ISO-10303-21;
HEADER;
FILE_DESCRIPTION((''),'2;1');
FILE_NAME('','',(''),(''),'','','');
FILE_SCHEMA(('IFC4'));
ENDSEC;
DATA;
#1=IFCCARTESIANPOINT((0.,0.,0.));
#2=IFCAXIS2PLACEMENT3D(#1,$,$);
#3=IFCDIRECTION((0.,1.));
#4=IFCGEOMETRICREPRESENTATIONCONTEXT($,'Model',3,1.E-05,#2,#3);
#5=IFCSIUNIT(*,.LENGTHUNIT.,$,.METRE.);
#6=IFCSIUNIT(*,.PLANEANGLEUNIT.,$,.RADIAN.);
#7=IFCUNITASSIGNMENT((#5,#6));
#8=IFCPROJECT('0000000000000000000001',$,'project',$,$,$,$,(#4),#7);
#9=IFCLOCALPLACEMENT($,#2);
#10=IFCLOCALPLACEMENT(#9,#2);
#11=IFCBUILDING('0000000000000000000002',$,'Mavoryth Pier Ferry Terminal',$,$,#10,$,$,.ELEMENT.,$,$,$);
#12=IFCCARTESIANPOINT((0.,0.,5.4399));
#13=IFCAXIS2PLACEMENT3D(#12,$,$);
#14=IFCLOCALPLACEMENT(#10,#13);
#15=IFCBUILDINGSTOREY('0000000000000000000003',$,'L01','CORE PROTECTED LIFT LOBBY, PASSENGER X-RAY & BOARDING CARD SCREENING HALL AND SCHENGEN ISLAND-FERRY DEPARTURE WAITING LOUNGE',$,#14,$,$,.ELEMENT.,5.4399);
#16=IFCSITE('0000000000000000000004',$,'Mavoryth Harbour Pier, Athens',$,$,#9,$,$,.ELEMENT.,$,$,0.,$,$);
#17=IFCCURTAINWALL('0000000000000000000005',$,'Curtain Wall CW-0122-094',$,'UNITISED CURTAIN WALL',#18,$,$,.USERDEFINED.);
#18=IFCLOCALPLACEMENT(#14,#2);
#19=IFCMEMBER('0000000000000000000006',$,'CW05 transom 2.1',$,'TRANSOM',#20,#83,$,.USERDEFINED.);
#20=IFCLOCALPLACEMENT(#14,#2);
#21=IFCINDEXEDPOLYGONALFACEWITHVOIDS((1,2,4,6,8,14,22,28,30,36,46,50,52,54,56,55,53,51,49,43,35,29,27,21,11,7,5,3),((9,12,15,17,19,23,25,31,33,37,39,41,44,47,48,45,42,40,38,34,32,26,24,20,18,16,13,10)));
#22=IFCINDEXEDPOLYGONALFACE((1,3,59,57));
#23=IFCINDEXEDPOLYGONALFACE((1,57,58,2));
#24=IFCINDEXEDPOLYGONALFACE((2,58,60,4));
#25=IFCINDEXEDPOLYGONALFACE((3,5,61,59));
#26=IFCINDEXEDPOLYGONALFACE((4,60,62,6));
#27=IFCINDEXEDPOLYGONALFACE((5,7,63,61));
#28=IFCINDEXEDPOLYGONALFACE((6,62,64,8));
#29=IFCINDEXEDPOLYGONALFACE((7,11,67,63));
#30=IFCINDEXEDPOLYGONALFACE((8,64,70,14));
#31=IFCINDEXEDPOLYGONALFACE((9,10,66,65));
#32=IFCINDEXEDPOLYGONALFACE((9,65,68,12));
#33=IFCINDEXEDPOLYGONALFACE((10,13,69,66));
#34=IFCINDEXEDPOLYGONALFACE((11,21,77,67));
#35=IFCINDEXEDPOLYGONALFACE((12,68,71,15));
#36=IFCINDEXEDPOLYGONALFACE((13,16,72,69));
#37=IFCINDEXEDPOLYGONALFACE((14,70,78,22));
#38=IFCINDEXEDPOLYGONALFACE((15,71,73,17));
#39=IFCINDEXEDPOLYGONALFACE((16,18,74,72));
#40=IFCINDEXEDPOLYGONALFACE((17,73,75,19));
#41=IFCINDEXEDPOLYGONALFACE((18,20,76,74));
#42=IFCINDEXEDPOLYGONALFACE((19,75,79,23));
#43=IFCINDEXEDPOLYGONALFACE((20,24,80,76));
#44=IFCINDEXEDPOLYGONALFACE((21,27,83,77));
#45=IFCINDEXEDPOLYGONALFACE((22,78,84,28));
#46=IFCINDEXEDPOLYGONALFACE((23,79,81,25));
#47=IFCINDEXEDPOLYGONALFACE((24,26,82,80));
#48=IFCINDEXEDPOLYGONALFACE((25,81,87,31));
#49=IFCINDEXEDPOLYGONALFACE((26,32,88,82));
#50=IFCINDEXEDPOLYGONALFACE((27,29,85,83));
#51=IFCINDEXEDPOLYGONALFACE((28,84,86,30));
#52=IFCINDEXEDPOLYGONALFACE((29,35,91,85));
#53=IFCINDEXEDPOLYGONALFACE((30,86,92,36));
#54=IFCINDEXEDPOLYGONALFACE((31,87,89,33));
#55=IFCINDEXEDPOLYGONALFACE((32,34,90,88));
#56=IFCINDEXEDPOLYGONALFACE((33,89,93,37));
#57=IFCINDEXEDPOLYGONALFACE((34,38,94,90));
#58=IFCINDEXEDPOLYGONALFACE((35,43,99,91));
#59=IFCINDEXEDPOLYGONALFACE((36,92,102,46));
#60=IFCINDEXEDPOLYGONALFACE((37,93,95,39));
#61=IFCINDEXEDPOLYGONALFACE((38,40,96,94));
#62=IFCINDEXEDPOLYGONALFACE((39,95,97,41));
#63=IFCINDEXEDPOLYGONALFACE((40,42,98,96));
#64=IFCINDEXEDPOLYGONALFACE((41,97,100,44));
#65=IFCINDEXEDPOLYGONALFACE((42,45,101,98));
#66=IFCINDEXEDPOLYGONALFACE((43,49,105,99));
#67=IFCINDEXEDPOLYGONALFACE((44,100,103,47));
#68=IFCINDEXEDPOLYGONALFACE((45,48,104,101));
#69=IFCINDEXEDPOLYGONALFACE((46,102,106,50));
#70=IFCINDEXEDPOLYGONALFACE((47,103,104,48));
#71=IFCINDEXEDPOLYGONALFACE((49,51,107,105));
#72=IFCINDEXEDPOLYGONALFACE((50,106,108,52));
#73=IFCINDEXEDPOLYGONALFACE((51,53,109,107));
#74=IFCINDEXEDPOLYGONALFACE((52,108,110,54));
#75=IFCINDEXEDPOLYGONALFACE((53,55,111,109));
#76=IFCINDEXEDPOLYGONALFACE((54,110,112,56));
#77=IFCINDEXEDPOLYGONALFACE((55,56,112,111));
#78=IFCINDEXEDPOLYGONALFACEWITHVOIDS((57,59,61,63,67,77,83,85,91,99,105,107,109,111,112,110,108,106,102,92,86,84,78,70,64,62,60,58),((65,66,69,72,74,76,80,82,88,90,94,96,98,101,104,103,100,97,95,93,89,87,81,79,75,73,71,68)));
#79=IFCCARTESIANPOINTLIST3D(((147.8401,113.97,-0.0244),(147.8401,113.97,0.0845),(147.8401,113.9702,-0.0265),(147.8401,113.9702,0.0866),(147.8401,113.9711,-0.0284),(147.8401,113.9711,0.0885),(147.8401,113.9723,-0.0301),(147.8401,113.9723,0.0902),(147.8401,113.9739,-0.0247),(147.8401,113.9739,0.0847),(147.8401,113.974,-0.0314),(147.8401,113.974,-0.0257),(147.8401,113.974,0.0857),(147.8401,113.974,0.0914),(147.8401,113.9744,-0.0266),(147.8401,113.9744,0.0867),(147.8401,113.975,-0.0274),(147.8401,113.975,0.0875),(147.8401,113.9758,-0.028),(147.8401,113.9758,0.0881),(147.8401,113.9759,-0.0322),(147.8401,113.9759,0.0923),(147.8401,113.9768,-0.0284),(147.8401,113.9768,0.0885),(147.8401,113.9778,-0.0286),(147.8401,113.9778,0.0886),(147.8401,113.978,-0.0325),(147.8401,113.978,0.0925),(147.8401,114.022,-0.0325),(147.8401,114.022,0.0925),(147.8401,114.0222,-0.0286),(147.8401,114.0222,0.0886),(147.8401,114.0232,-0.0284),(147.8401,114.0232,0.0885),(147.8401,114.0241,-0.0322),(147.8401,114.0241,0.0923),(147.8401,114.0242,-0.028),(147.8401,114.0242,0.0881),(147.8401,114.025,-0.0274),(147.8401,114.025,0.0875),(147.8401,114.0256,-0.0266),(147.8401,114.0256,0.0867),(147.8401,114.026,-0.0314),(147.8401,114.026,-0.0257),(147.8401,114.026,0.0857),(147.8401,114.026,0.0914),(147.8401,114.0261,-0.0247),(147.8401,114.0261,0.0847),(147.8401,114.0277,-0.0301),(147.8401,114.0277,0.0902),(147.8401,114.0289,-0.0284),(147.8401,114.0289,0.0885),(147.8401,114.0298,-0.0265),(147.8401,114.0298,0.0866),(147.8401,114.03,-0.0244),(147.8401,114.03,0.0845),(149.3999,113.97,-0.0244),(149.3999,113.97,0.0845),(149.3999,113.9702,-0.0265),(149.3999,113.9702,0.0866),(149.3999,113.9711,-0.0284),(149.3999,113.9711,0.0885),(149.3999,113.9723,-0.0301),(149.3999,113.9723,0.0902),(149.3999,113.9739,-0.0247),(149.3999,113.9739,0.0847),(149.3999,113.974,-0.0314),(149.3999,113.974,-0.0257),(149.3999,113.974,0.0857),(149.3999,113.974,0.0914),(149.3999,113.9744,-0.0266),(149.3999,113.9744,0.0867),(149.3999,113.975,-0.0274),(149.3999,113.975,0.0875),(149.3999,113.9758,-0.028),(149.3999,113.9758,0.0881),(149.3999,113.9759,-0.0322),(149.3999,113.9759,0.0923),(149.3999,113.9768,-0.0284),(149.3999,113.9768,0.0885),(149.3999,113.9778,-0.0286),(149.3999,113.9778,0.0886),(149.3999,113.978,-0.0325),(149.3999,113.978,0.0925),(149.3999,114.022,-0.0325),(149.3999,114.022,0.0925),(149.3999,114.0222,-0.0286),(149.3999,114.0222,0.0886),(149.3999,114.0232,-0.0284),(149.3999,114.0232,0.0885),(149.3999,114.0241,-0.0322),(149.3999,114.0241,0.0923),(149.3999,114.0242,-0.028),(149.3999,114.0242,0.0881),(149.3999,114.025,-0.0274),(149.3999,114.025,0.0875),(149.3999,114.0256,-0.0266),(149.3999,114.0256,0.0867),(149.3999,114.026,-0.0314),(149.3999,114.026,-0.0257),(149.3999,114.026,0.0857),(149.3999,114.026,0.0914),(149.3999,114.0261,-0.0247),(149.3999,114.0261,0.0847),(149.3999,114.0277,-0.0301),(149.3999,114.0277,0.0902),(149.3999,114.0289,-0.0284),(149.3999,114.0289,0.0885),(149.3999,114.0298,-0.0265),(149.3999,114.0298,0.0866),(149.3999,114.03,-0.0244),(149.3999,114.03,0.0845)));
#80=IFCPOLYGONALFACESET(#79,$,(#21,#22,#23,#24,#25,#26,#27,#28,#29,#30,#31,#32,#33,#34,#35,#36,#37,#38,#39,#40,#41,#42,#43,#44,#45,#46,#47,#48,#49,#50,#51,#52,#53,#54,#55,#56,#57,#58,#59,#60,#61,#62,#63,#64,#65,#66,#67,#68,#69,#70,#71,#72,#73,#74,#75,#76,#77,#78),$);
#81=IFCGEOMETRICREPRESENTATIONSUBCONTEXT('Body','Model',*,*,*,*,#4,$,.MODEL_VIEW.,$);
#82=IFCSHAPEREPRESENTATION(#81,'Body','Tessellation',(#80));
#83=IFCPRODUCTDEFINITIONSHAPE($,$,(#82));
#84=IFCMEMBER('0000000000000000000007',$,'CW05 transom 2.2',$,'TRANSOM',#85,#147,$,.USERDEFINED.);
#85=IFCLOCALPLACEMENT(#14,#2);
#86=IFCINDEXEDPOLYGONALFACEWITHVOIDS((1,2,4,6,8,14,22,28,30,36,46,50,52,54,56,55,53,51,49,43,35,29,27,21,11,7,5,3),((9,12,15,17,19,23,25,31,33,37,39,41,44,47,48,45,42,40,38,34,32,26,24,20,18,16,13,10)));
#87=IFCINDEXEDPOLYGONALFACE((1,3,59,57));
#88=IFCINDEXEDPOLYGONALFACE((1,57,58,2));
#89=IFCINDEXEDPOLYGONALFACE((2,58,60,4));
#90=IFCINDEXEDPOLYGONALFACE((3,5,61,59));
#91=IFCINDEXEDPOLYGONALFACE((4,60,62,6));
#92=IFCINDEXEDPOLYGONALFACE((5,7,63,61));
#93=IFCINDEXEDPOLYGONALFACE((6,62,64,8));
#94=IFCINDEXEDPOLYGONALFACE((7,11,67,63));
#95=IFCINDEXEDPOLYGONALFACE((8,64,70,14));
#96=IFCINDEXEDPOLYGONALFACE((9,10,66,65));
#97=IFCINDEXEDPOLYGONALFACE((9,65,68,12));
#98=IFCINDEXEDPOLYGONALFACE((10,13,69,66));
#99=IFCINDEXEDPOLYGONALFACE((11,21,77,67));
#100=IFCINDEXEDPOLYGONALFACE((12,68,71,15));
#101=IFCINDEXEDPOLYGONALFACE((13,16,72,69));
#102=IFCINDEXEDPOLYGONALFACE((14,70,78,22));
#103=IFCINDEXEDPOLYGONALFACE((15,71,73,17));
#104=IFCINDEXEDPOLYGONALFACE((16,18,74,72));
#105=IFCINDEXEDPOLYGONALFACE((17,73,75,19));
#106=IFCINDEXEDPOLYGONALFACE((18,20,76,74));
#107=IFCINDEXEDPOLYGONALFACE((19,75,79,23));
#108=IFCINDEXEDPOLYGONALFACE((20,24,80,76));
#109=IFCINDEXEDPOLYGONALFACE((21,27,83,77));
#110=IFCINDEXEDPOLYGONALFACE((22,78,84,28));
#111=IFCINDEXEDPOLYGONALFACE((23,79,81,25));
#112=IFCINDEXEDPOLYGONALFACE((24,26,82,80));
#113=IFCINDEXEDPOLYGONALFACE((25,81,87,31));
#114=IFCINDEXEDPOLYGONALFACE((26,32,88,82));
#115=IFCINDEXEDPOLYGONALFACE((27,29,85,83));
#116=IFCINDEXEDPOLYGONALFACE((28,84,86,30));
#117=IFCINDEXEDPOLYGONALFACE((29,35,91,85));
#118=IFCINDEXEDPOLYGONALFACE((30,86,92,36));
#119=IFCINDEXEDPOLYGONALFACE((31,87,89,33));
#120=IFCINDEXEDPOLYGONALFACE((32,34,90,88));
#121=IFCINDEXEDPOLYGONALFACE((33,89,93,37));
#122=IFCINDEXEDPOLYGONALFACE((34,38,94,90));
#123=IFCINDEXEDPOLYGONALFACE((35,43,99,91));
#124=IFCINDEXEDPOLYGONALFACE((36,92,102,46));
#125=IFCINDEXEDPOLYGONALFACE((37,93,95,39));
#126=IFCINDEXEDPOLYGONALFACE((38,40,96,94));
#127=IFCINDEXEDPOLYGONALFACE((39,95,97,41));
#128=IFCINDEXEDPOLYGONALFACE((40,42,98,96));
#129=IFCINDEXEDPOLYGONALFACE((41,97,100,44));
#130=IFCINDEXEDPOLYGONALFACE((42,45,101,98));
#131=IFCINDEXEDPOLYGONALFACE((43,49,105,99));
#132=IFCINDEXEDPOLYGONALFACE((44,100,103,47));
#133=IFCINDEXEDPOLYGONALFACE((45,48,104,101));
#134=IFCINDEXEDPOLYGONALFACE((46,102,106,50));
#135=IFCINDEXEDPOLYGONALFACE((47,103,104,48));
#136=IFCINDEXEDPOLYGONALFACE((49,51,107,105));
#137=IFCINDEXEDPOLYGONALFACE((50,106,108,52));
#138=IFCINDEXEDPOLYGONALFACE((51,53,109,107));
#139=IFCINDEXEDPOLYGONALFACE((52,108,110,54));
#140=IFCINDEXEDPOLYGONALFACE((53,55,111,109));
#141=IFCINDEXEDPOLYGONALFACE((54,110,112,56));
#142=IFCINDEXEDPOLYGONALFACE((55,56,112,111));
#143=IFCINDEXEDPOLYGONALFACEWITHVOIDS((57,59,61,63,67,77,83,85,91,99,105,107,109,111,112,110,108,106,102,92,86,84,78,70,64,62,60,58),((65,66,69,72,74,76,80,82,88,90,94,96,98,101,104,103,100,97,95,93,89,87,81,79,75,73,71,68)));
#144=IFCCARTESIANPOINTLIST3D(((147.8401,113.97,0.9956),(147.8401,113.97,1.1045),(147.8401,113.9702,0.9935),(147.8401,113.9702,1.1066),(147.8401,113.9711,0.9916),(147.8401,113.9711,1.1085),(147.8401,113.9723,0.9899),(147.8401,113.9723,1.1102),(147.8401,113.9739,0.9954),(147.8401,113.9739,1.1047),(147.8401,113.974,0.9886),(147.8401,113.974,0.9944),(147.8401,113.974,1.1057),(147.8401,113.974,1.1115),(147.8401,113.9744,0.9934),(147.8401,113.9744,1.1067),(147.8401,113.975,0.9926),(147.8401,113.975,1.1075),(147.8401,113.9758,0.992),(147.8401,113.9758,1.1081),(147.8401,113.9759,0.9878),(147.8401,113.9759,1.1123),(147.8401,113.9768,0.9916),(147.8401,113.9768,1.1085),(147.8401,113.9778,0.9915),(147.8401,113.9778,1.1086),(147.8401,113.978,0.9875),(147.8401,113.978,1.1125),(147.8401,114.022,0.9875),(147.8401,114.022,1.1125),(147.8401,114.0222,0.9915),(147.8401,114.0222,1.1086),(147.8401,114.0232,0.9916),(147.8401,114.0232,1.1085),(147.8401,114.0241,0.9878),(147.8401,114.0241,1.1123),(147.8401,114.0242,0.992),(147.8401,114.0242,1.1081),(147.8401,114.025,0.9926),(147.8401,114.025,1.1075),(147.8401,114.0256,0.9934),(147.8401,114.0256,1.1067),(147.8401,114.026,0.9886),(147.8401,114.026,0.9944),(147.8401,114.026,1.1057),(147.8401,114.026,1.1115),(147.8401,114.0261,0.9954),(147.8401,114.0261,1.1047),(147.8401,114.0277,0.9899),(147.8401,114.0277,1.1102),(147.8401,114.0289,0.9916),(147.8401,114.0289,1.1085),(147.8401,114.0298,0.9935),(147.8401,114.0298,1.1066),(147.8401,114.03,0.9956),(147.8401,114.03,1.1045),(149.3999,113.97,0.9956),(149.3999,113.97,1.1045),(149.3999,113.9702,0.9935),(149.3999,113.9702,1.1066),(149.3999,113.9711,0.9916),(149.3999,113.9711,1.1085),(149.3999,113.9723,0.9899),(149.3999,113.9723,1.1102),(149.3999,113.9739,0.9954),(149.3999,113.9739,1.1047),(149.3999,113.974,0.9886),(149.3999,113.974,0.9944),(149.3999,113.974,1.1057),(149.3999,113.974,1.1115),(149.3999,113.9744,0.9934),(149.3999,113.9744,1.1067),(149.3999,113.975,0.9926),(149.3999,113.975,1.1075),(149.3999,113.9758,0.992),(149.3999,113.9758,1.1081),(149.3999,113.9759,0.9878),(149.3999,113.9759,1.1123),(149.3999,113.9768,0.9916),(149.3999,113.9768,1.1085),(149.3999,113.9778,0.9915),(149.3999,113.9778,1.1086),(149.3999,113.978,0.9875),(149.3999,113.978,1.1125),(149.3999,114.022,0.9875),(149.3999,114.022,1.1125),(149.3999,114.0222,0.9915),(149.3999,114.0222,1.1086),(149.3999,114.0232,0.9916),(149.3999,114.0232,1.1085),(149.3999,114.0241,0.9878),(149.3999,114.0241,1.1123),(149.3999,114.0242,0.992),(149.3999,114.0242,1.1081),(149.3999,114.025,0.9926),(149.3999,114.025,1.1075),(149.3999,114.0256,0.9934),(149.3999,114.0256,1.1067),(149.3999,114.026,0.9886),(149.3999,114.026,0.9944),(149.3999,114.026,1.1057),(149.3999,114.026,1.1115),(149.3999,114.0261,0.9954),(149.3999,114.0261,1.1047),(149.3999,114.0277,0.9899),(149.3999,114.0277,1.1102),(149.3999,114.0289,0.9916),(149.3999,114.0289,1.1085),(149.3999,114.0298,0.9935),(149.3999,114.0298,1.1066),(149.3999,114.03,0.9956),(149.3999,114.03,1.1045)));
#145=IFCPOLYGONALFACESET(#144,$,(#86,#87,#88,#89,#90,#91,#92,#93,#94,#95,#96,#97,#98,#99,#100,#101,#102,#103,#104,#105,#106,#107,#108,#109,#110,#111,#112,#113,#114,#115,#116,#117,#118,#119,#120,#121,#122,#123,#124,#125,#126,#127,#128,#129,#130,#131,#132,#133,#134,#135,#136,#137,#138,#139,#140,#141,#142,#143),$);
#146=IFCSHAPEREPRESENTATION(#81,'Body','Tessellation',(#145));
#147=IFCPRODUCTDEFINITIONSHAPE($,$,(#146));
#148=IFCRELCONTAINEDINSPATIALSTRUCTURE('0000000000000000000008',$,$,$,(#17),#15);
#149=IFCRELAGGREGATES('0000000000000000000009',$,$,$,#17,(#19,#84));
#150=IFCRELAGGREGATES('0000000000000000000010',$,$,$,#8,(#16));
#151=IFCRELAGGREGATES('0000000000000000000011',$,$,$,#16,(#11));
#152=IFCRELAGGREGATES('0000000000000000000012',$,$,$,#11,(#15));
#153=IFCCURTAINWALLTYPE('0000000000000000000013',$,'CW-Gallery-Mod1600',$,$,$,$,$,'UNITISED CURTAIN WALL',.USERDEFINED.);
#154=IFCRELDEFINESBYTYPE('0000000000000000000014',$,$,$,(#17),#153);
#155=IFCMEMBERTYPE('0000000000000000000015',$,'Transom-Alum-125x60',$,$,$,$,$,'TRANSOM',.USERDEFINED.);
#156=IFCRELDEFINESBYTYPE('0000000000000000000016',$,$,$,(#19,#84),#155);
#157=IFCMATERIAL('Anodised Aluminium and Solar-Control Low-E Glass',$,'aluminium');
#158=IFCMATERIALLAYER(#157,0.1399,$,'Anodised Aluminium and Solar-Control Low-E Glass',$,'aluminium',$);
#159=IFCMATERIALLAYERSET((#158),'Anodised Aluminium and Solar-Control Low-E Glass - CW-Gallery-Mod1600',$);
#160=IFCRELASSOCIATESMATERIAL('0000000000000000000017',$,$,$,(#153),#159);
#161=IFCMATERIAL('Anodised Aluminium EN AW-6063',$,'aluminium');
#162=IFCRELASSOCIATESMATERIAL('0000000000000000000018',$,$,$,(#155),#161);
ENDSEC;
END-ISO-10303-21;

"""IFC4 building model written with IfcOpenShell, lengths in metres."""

from ifc_helpers import new_model, si_unit, direction, frame, origin, origin_2d, place, context, subcontext, project, spatial, hollow_rectangle, extrude, material, layer, layer_set, material_profile, profile_set, type_object, element, aggregate, save


model = new_model("IFC4")

# Units and contexts
model_context = context("Model", 3, precision=1e-05, world=origin(), true_north=direction((0.0, 1.0)))
body_context = subcontext(model_context, "Body", "Model", "MODEL_VIEW")
ifc_project = project(units=[si_unit("LENGTHUNIT", "METRE"), si_unit("PLANEANGLEUNIT", "RADIAN")], contexts=[model_context])

# Site, building, storey
site_placement = place(None, origin())
site = spatial("IfcSite", under=ifc_project, at=site_placement, Name="Mavoryth Harbour Pier, Athens", CompositionType="ELEMENT", RefElevation=0.0)
building_placement = place(site_placement, origin())
building = spatial("IfcBuilding", under=site, at=building_placement, Name="Mavoryth Pier Ferry Terminal", CompositionType="ELEMENT")
storey_placement = place(building_placement, frame((0.0, 0.0, 5.4399)))
storey = spatial("IfcBuildingStorey", under=building, at=storey_placement, Name="L01", Description="CORE PROTECTED LIFT LOBBY, PASSENGER X-RAY & BOARDING CARD SCREENING HALL AND SCHENGEN ISLAND-FERRY DEPARTURE WAITING LOUNGE", CompositionType="ELEMENT", Elevation=5.4399)

# Curtain wall
ifc_material_1 = material(Name="Anodised Aluminium and Solar-Control Low-E Glass", Category="aluminium")
ifc_layer_1 = layer(ifc_material_1, 0.1399, Name="Anodised Aluminium and Solar-Control Low-E Glass", Category="aluminium")
ifc_layer_set_1 = layer_set([ifc_layer_1], Name="Anodised Aluminium and Solar-Control Low-E Glass - CW-Gallery-Mod1600")
curtain_wall_type = type_object("IfcCurtainWallType", Name="CW-Gallery-Mod1600", ElementType="UNITISED CURTAIN WALL", PredefinedType="USERDEFINED", material=ifc_layer_set_1)
curtain_wall_1_placement = place(storey_placement, origin())
curtain_wall_1 = element("IfcCurtainWall", 1, at=curtain_wall_1_placement, inside=storey, type_object=curtain_wall_type, Name="Curtain Wall CW-0122-094", ObjectType="UNITISED CURTAIN WALL", PredefinedType="USERDEFINED")
ifc_material_2 = material(Name="Anodised Aluminium EN AW-6063", Category="aluminium")

# Members
ifc_material_profile_1 = material_profile(ifc_material_2, hollow_rectangle(XDim=0.0601, YDim=0.125, WallThickness=0.0039, InnerFilletRadius=0.0039, OuterFilletRadius=0.0081, at=origin_2d()), Name="AL-TRAN 125x60x4", Category="aluminium")
ifc_profile_set_1 = profile_set([ifc_material_profile_1], Name="Anodised Aluminium EN AW-6063 - AL-TRAN 125x60x4")
member_type_1 = type_object("IfcMemberType", Name="Transom-Alum-125x60", ElementType="TRANSOM", PredefinedType="USERDEFINED", material=ifc_profile_set_1)
member_1_placement = place(storey_placement, frame((149.3999, 114.0, 0.03), z_axis=(-1.0, 0.0, 0.0), x_axis=(0.0, -1.0, 0.0)))
member_1 = element("IfcMember", 2, at=member_1_placement, type_object=member_type_1, Name="CW05 transom 2.1", ObjectType="TRANSOM", PredefinedType="USERDEFINED", context=body_context, shape_type="SweptSolid", body=[
    extrude(hollow_rectangle(XDim=0.0601, YDim=0.125, WallThickness=0.0039, InnerFilletRadius=0.0039, OuterFilletRadius=0.0081, at=origin_2d()), origin(), (0.0, 0.0, 1.0), 1.5598),
])
member_2_placement = place(storey_placement, frame((149.3999, 114.0, 1.05), z_axis=(-1.0, 0.0, 0.0), x_axis=(0.0, -1.0, 0.0)))
member_2 = element("IfcMember", 3, at=member_2_placement, type_object=member_type_1, Name="CW05 transom 2.2", ObjectType="TRANSOM", PredefinedType="USERDEFINED", context=body_context, shape_type="SweptSolid", body=[
    extrude(hollow_rectangle(XDim=0.0601, YDim=0.125, WallThickness=0.0039, InnerFilletRadius=0.0039, OuterFilletRadius=0.0081, at=origin_2d()), origin(), (0.0, 0.0, 1.0), 1.5598),
])

aggregate(curtain_wall_1, [member_1, member_2])

save(model, "model.ifc")
